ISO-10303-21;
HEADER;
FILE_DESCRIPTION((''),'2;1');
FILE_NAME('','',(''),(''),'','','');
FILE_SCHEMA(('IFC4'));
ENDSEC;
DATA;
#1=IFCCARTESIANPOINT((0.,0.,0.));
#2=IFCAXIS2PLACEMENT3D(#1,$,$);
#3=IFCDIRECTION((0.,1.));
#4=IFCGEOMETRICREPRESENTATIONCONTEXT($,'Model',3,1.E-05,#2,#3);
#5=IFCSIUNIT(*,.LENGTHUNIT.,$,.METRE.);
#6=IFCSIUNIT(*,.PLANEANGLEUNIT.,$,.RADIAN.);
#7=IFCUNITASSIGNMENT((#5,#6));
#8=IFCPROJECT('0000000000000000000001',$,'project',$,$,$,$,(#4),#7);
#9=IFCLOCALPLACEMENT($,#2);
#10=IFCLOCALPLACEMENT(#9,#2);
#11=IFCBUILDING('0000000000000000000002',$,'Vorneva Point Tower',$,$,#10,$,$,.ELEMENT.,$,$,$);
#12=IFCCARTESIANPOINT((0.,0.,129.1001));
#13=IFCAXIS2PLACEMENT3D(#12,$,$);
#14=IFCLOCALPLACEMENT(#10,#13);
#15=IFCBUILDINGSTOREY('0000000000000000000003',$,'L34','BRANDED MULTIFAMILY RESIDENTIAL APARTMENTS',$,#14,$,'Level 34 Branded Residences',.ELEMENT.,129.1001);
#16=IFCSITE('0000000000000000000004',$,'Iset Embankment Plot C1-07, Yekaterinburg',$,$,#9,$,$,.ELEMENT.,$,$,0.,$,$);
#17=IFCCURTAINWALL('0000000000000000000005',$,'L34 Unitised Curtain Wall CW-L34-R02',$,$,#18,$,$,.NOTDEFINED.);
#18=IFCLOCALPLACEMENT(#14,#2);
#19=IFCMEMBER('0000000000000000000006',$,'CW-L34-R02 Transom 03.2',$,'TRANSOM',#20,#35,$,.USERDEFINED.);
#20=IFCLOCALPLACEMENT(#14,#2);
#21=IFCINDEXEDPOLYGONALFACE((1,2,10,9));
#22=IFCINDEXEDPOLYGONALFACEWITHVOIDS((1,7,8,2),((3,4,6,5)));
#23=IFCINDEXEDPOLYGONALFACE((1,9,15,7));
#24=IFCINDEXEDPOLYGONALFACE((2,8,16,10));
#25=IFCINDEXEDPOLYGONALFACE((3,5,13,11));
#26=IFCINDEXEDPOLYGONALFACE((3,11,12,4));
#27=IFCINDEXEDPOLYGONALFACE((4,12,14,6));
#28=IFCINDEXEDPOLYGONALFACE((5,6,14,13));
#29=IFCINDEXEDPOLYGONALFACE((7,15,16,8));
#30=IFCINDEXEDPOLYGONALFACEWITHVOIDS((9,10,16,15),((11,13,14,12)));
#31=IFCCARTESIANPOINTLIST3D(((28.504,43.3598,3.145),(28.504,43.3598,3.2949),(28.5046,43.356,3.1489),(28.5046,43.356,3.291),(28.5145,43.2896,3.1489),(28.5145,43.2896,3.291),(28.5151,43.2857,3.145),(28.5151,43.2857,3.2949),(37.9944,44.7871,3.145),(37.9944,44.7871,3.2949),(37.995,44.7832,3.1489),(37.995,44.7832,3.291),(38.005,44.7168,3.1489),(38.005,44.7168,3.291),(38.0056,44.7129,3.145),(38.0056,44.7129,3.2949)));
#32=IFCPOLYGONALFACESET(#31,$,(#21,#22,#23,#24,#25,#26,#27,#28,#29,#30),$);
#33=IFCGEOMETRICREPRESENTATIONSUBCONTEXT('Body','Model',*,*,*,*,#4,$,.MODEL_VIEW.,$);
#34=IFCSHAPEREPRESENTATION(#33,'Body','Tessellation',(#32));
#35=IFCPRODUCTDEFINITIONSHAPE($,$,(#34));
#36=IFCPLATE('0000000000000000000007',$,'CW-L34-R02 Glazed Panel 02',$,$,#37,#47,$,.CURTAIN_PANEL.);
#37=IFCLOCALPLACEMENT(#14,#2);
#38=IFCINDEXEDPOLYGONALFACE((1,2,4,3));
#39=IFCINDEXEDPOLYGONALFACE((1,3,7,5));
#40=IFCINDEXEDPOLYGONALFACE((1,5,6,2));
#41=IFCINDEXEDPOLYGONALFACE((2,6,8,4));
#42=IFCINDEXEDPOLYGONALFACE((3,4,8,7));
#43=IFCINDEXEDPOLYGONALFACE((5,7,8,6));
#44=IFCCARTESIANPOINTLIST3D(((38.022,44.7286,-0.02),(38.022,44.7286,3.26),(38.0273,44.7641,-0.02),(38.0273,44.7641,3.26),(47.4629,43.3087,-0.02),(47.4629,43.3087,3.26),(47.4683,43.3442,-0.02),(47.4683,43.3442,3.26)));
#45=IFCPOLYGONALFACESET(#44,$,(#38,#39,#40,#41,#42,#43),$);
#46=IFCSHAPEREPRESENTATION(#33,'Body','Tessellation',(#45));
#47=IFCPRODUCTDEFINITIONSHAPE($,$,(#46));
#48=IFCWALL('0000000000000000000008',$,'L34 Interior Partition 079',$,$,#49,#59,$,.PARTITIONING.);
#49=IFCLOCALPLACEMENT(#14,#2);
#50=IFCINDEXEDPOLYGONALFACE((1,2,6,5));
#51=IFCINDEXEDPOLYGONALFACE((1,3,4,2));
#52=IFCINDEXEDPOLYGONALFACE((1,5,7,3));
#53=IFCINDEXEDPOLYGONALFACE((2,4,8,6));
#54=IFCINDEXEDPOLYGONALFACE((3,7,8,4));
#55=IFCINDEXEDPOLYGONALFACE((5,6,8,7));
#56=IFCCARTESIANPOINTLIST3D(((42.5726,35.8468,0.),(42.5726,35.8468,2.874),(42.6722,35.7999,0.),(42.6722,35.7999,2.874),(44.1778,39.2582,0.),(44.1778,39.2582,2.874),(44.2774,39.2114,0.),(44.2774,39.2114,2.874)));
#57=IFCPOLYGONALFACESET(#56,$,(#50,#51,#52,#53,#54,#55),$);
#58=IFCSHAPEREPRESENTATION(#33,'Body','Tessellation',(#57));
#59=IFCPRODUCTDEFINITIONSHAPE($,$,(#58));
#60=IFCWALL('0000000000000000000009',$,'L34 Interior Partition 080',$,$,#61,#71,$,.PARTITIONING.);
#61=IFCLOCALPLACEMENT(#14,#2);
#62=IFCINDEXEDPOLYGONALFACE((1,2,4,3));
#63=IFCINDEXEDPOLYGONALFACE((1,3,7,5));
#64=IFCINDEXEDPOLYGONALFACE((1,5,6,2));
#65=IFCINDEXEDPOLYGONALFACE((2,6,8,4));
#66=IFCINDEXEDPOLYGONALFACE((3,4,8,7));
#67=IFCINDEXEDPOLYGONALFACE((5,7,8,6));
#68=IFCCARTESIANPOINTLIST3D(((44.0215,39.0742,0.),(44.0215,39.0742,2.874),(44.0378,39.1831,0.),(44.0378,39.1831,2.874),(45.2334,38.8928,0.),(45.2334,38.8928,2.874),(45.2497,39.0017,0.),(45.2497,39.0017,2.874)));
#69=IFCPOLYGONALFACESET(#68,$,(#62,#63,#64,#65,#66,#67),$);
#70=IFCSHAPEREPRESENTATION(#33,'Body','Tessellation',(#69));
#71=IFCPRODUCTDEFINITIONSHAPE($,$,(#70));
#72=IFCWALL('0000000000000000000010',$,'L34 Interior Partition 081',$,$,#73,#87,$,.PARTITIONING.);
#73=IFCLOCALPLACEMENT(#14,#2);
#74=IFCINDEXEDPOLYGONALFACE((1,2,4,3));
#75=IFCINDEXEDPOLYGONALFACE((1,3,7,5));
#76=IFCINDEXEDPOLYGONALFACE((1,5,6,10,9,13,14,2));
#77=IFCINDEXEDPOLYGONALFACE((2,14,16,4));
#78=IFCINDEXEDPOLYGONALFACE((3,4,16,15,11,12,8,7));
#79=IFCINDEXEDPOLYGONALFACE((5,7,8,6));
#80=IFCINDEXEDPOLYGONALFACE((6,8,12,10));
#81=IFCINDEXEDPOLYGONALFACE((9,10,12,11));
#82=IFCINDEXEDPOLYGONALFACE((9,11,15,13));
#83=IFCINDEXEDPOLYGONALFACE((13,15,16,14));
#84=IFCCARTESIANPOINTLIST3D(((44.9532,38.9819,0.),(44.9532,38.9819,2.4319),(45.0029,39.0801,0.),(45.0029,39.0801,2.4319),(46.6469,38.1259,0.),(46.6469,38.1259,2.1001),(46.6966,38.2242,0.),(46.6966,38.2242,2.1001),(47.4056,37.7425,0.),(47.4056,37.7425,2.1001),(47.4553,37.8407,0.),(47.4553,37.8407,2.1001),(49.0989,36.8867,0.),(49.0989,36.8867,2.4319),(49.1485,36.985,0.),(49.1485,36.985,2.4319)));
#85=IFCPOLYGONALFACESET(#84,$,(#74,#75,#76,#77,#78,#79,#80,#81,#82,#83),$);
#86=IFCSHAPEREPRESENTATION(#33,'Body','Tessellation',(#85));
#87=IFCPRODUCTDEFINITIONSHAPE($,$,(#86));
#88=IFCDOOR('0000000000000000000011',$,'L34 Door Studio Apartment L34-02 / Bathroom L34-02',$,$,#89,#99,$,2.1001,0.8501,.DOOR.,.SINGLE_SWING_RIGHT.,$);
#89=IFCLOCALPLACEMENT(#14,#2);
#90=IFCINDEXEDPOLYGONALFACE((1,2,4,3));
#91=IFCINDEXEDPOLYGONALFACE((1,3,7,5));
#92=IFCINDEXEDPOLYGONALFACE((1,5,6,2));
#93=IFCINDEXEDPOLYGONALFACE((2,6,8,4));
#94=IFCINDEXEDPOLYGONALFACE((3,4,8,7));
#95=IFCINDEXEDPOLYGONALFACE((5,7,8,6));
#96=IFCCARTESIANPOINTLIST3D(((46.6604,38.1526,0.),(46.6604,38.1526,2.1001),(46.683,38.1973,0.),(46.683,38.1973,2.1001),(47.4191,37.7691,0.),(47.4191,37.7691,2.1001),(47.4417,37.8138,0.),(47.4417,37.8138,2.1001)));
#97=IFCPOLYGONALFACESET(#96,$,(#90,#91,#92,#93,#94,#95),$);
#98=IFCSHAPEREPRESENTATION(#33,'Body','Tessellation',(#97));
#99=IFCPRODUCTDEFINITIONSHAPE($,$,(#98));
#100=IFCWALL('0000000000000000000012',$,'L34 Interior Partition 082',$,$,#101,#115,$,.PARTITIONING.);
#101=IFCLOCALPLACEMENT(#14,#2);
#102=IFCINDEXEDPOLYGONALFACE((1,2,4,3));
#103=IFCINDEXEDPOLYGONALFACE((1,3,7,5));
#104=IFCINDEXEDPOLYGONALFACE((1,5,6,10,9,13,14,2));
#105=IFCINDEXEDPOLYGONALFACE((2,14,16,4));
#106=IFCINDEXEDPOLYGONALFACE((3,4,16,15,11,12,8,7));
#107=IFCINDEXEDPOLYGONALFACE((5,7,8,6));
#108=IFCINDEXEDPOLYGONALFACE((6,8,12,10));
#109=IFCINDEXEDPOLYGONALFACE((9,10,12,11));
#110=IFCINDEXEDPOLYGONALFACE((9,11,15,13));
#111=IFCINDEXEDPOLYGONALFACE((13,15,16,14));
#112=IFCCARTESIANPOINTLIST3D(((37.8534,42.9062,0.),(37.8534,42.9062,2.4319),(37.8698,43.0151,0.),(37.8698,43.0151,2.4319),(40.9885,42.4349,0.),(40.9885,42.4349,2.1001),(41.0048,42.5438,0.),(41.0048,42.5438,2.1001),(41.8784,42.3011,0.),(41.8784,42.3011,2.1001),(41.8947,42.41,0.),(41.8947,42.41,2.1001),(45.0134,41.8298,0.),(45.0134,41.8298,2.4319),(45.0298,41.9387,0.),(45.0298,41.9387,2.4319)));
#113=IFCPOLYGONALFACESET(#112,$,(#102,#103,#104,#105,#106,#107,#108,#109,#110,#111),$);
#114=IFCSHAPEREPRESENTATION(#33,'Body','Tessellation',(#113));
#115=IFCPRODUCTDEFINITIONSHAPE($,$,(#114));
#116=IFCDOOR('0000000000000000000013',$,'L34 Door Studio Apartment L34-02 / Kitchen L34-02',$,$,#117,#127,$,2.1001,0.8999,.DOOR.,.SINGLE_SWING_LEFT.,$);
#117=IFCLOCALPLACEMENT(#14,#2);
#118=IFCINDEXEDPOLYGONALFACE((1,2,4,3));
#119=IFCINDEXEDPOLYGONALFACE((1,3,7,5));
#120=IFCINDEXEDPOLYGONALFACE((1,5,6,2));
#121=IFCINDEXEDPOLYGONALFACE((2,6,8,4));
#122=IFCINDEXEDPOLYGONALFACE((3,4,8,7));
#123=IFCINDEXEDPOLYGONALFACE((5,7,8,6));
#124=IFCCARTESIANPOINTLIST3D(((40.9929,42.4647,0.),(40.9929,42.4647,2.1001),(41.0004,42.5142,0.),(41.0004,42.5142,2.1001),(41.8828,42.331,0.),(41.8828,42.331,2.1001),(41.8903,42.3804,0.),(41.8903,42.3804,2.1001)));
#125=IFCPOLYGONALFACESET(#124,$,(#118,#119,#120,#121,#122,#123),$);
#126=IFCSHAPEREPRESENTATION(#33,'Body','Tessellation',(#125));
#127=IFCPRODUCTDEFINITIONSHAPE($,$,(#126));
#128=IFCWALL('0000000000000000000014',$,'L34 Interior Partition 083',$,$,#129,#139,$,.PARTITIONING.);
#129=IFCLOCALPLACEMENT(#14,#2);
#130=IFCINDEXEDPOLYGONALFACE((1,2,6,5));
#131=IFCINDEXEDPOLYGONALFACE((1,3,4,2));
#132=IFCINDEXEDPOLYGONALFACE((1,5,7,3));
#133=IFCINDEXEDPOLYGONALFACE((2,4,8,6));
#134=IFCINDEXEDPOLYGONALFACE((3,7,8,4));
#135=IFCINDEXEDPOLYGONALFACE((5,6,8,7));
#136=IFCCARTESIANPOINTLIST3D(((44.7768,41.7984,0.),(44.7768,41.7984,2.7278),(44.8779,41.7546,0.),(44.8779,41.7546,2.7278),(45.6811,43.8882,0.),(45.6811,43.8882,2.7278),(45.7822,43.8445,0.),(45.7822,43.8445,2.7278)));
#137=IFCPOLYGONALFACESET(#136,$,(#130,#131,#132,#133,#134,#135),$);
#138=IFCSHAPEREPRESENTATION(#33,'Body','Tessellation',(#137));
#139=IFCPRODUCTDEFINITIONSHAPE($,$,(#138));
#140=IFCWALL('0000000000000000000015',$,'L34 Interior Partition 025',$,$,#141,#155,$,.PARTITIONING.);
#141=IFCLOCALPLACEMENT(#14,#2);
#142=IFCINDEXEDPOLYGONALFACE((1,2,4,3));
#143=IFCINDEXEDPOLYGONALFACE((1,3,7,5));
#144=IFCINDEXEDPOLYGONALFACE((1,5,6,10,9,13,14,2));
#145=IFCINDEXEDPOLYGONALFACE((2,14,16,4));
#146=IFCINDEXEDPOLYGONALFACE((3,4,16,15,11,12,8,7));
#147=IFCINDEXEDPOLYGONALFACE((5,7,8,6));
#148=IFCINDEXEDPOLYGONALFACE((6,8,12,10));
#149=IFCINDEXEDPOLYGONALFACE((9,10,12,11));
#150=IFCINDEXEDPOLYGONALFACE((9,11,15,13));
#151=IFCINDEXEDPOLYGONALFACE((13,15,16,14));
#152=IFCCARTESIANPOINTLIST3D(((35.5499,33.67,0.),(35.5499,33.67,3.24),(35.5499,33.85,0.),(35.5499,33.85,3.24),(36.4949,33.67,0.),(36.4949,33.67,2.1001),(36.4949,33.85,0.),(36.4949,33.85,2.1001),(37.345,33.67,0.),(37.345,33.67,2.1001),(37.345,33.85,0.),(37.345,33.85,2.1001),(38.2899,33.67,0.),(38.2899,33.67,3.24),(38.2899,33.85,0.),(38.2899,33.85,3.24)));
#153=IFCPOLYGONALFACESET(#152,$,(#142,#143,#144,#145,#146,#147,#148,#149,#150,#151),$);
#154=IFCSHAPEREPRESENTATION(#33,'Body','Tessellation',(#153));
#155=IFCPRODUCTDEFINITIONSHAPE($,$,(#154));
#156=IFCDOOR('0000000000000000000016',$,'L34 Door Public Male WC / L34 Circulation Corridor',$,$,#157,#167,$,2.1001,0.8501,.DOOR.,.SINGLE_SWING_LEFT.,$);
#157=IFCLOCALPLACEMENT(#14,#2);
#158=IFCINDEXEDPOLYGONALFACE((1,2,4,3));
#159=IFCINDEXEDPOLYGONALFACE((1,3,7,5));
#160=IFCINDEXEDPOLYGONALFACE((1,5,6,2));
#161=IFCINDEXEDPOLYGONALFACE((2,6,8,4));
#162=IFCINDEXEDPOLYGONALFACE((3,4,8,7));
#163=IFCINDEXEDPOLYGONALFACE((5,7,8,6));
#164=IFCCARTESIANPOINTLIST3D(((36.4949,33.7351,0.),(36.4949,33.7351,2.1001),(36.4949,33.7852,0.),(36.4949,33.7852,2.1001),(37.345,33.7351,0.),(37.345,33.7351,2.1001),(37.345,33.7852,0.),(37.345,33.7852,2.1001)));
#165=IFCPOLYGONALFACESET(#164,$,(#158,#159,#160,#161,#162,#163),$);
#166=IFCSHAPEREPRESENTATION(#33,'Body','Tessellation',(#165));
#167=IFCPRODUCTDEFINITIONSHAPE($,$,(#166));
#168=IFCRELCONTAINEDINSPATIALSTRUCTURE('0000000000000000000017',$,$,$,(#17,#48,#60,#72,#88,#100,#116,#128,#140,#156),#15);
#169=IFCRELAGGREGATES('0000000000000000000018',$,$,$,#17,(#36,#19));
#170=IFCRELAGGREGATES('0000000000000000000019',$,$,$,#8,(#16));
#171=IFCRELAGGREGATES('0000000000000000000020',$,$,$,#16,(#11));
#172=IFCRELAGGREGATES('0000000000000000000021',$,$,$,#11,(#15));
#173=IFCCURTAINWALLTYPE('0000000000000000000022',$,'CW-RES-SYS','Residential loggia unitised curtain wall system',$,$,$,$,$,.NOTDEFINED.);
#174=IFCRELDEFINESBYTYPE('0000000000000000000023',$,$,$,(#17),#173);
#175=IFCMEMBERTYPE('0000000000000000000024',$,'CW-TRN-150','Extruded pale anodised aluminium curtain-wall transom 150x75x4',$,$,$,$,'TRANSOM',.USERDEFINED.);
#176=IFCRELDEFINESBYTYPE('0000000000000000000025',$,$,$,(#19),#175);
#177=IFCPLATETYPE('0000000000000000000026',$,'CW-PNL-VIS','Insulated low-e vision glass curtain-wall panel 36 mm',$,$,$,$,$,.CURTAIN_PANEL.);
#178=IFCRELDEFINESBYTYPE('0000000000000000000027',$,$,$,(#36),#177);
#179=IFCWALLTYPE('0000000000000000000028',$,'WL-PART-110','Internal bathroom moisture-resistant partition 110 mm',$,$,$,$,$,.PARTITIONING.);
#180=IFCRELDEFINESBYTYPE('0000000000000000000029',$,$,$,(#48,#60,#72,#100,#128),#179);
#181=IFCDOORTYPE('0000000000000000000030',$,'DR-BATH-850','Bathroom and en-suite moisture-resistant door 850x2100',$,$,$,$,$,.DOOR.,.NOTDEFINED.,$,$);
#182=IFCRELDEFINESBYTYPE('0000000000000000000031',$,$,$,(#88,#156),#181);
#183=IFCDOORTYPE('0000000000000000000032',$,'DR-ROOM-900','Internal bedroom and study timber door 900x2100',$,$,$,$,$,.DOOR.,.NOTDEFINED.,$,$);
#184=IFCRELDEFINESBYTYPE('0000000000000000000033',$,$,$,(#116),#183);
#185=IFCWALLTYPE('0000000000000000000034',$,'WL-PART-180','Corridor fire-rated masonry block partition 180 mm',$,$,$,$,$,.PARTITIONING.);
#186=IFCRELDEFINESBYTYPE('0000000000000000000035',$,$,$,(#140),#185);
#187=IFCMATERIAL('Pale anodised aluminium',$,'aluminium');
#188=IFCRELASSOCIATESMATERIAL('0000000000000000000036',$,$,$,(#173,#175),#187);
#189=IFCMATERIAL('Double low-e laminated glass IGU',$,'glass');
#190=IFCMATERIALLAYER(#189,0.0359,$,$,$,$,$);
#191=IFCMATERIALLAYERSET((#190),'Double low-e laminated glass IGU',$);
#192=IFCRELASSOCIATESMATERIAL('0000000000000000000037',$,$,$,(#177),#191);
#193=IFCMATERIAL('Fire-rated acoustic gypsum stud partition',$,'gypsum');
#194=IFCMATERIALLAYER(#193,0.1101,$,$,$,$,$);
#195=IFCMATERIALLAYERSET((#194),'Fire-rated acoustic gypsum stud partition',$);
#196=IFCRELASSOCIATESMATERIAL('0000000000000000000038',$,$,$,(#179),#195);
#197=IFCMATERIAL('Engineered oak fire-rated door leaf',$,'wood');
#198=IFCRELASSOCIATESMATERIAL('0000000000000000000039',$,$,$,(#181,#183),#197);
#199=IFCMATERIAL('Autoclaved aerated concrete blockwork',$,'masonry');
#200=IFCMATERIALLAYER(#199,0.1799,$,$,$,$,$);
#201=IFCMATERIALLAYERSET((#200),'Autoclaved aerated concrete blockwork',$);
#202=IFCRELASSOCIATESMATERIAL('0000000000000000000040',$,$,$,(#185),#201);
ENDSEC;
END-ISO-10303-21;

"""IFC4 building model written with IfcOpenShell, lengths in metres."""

from ifc_helpers import new_model, si_unit, direction, frame, frame_2d, origin, origin_2d, place, context, subcontext, project, spatial, rectangle, hollow_rectangle, extrude, material, layer, layer_set, material_profile, profile_set, type_object, element, fill, aggregate, save


model = new_model("IFC4")

# Units and contexts
model_context = context("Model", 3, precision=1e-05, world=origin(), true_north=direction((0.0, 1.0)))
body_context = subcontext(model_context, "Body", "Model", "MODEL_VIEW")
ifc_project = project(units=[si_unit("LENGTHUNIT", "METRE"), si_unit("PLANEANGLEUNIT", "RADIAN")], contexts=[model_context])

# Site, building, storey
site_placement = place(None, origin())
site = spatial("IfcSite", under=ifc_project, at=site_placement, Name="Iset Embankment Plot C1-07, Yekaterinburg", CompositionType="ELEMENT", RefElevation=0.0)
building_placement = place(site_placement, origin())
building = spatial("IfcBuilding", under=site, at=building_placement, Name="Vorneva Point Tower", CompositionType="ELEMENT")
storey_placement = place(building_placement, frame((0.0, 0.0, 129.1001)))
storey = spatial("IfcBuildingStorey", under=building, at=storey_placement, Name="L34", Description="BRANDED MULTIFAMILY RESIDENTIAL APARTMENTS", LongName="Level 34 Branded Residences", CompositionType="ELEMENT", Elevation=129.1001)

# Curtain wall, member, plate
ifc_material_1 = material(Name="Pale anodised aluminium", Category="aluminium")
curtain_wall_type = type_object("IfcCurtainWallType", Name="CW-RES-SYS", Description="Residential loggia unitised curtain wall system", PredefinedType="NOTDEFINED", material=ifc_material_1)
curtain_wall_placement = place(storey_placement, origin())
curtain_wall = element("IfcCurtainWall", 1, at=curtain_wall_placement, inside=storey, type_object=curtain_wall_type, Name="L34 Unitised Curtain Wall CW-L34-R02", PredefinedType="NOTDEFINED")
ifc_material_profile_1 = material_profile(ifc_material_1, hollow_rectangle(XDim=0.075, YDim=0.1499, WallThickness=0.0039, at=origin_2d()), Name="AL-TRN 150x75x4")
ifc_profile_set_1 = profile_set([ifc_material_profile_1], Name="Pale anodised aluminium")
member_type_1 = type_object("IfcMemberType", Name="CW-TRN-150", Description="Extruded pale anodised aluminium curtain-wall transom 150x75x4", ElementType="TRANSOM", PredefinedType="USERDEFINED", material=ifc_profile_set_1)
member_1_placement = place(storey_placement, frame((38.0, 44.75, 3.22), z_axis=(-0.98888, -0.148715, 0.0), x_axis=(0.148715, -0.98888, 0.0)))
member_1 = element("IfcMember", 2, at=member_1_placement, type_object=member_type_1, Name="CW-L34-R02 Transom 03.2", ObjectType="TRANSOM", PredefinedType="USERDEFINED", context=body_context, shape_type="SweptSolid", body=[
    extrude(hollow_rectangle(XDim=0.075, YDim=0.1499, WallThickness=0.0039, at=origin_2d()), origin(), (0.0, 0.0, 1.0), 9.5972),
])
ifc_material_2 = material(Name="Double low-e laminated glass IGU", Category="glass")
ifc_layer_1 = layer(ifc_material_2, 0.0359)
ifc_layer_set_1 = layer_set([ifc_layer_1], Name="Double low-e laminated glass IGU")
plate_type = type_object("IfcPlateType", Name="CW-PNL-VIS", Description="Insulated low-e vision glass curtain-wall panel 36 mm", PredefinedType="CURTAIN_PANEL", material=ifc_layer_set_1)
plate_placement = place(storey_placement, frame((42.7451, 44.0364, -0.02), z_axis=(0.0, 0.0, 1.0), x_axis=(-0.988879, 0.148724, 0.0)))
plate = element("IfcPlate", 3, at=plate_placement, type_object=plate_type, Name="CW-L34-R02 Glazed Panel 02", PredefinedType="CURTAIN_PANEL", context=body_context, shape_type="SweptSolid", body=[
    extrude(rectangle(XDim=9.5471, YDim=0.0359, at=origin_2d()), origin(), (0.0, 0.0, 1.0), 3.28),
])
aggregate(curtain_wall, [plate, member_1])

# Walls
ifc_material_3 = material(Name="Fire-rated acoustic gypsum stud partition", Category="gypsum")
ifc_layer_2 = layer(ifc_material_3, 0.1101)
ifc_layer_set_2 = layer_set([ifc_layer_2], Name="Fire-rated acoustic gypsum stud partition")
wall_type_1 = type_object("IfcWallType", Name="WL-PART-110", Description="Internal bathroom moisture-resistant partition 110 mm", PredefinedType="PARTITIONING", material=ifc_layer_set_2)
wall_1_placement = place(storey_placement, frame((42.6223, 35.8232, 0.0), z_axis=(0.0, 0.0, 1.0), x_axis=(0.425769, 0.904832, 0.0)))
element("IfcWall", 4, at=wall_1_placement, inside=storey, type_object=wall_type_1, Name="L34 Interior Partition 079", PredefinedType="PARTITIONING", context=body_context, shape_type="SweptSolid", body=[
    extrude(rectangle(XDim=3.7703, YDim=0.1101, at=frame_2d((1.8853, 0.0))), origin(), (0.0, 0.0, 1.0), 2.874),
])
wall_2_placement = place(storey_placement, frame((44.0295, 39.1287, 0.0), z_axis=(0.0, 0.0, 1.0), x_axis=(0.988983, -0.148029, 0.0)))
element("IfcWall", 5, at=wall_2_placement, inside=storey, type_object=wall_type_1, Name="L34 Interior Partition 080", PredefinedType="PARTITIONING", context=body_context, shape_type="SweptSolid", body=[
    extrude(rectangle(XDim=1.2253, YDim=0.1101, at=frame_2d((0.6128, 0.0))), origin(), (0.0, 0.0, 1.0), 2.874),
])

# Walls, openings, doors
wall_3_placement = place(storey_placement, frame((44.978, 39.031, 0.0), z_axis=(0.0, 0.0, 1.0), x_axis=(0.892495, -0.451057, 0.0)))
wall_3 = element("IfcWall", 6, at=wall_3_placement, inside=storey, type_object=wall_type_1, Name="L34 Interior Partition 081", PredefinedType="PARTITIONING", context=body_context, shape_type="SweptSolid", body=[
    extrude(rectangle(XDim=4.645, YDim=0.1101, at=frame_2d((2.3225, 0.0))), origin(), (0.0, 0.0, 1.0), 2.4319),
])
opening_1_placement = place(wall_3_placement, frame((1.8977, 0.0, 0.0)))
opening_1 = element("IfcOpeningElement", 7, at=opening_1_placement, cuts=wall_3, PredefinedType="OPENING", context=body_context, shape_type="SweptSolid", body=[
    extrude(rectangle(XDim=0.8501, YDim=2.1001, at=frame_2d((0.425, 1.05))), frame((0.0, 0.0698, 0.0), z_axis=(0.0, -1.0, 0.0), x_axis=(1.0, 0.0, 0.0)), (0.0, 0.0, 1.0), 0.1399),
])
ifc_material_4 = material(Name="Engineered oak fire-rated door leaf", Category="wood")
door_type_1 = type_object("IfcDoorType", Name="DR-BATH-850", Description="Bathroom and en-suite moisture-resistant door 850x2100", OperationType="NOTDEFINED", PredefinedType="DOOR", material=ifc_material_4)
door_1_placement = place(opening_1_placement, origin())
door_1 = element("IfcDoor", 8, at=door_1_placement, inside=storey, type_object=door_type_1, Name="L34 Door Studio Apartment L34-02 / Bathroom L34-02", OperationType="SINGLE_SWING_RIGHT", OverallHeight=2.1001, OverallWidth=0.8501, PredefinedType="DOOR", context=body_context, shape_type="SweptSolid", body=[
    extrude(rectangle(XDim=0.8501, YDim=2.1001, at=frame_2d((0.425, 1.05))), frame((0.0, 0.0249, 0.0), z_axis=(0.0, -1.0, 0.0), x_axis=(1.0, 0.0, 0.0)), (0.0, 0.0, 1.0), 0.05),
])
fill(opening_1, door_1)
wall_4_placement = place(storey_placement, frame((45.0215, 41.8843, 0.0), z_axis=(0.0, 0.0, 1.0), x_axis=(-0.988887, 0.148669, 0.0)))
wall_4 = element("IfcWall", 9, at=wall_4_placement, inside=storey, type_object=wall_type_1, Name="L34 Interior Partition 082", PredefinedType="PARTITIONING", context=body_context, shape_type="SweptSolid", body=[
    extrude(rectangle(XDim=7.2405, YDim=0.1101, at=frame_2d((3.6201, 0.0))), origin(), (0.0, 0.0, 1.0), 2.4319),
])
opening_2_placement = place(wall_4_placement, frame((3.1702, 0.0, 0.0)))
opening_2 = element("IfcOpeningElement", 10, at=opening_2_placement, cuts=wall_4, PredefinedType="OPENING", context=body_context, shape_type="SweptSolid", body=[
    extrude(rectangle(XDim=0.8999, YDim=2.1001, at=frame_2d((0.45, 1.05))), frame((0.0, 0.0698, 0.0), z_axis=(0.0, -1.0, 0.0), x_axis=(1.0, 0.0, 0.0)), (0.0, 0.0, 1.0), 0.1399),
])
door_type_2 = type_object("IfcDoorType", Name="DR-ROOM-900", Description="Internal bedroom and study timber door 900x2100", OperationType="NOTDEFINED", PredefinedType="DOOR", material=ifc_material_4)
door_2_placement = place(opening_2_placement, origin())
door_2 = element("IfcDoor", 11, at=door_2_placement, inside=storey, type_object=door_type_2, Name="L34 Door Studio Apartment L34-02 / Kitchen L34-02", OperationType="SINGLE_SWING_LEFT", OverallHeight=2.1001, OverallWidth=0.8999, PredefinedType="DOOR", context=body_context, shape_type="SweptSolid", body=[
    extrude(rectangle(XDim=0.8999, YDim=2.1001, at=frame_2d((0.45, 1.05))), frame((0.0, 0.0249, 0.0), z_axis=(0.0, -1.0, 0.0), x_axis=(1.0, 0.0, 0.0)), (0.0, 0.0, 1.0), 0.05),
])
fill(opening_2, door_2)

# Wall
wall_5_placement = place(storey_placement, frame((45.7317, 43.8665, 0.0), z_axis=(0.0, 0.0, 1.0), x_axis=(-0.397126, -0.917764, 0.0)))
element("IfcWall", 12, at=wall_5_placement, inside=storey, type_object=wall_type_1, Name="L34 Interior Partition 083", PredefinedType="PARTITIONING", context=body_context, shape_type="SweptSolid", body=[
    extrude(rectangle(XDim=2.2771, YDim=0.1101, at=frame_2d((1.1387, 0.0))), origin(), (0.0, 0.0, 1.0), 2.7278),
])

# Wall, opening, door
ifc_material_5 = material(Name="Autoclaved aerated concrete blockwork", Category="masonry")
ifc_layer_3 = layer(ifc_material_5, 0.1799)
ifc_layer_set_3 = layer_set([ifc_layer_3], Name="Autoclaved aerated concrete blockwork")
wall_type_2 = type_object("IfcWallType", Name="WL-PART-180", Description="Corridor fire-rated masonry block partition 180 mm", PredefinedType="PARTITIONING", material=ifc_layer_set_3)
wall_6_placement = place(storey_placement, frame((38.29, 33.76, 0.0), z_axis=(0.0, 0.0, 1.0), x_axis=(-1.0, 0.0, 0.0)))
wall_6 = element("IfcWall", 13, at=wall_6_placement, inside=storey, type_object=wall_type_2, Name="L34 Interior Partition 025", PredefinedType="PARTITIONING", context=body_context, shape_type="SweptSolid", body=[
    extrude(rectangle(XDim=2.74, YDim=0.1799, at=frame_2d((1.3701, 0.0))), origin(), (0.0, 0.0, 1.0), 3.24),
])
opening_3_placement = place(wall_6_placement, frame((0.9451, 0.0, 0.0)))
opening_3 = element("IfcOpeningElement", 14, at=opening_3_placement, cuts=wall_6, PredefinedType="OPENING", context=body_context, shape_type="SweptSolid", body=[
    extrude(rectangle(XDim=0.8501, YDim=2.1001, at=frame_2d((0.425, 1.05))), frame((0.0, 0.105, 0.0), z_axis=(0.0, -1.0, 0.0), x_axis=(1.0, 0.0, 0.0)), (0.0, 0.0, 1.0), 0.2097),
])
door_3_placement = place(opening_3_placement, origin())
door_3 = element("IfcDoor", 15, at=door_3_placement, inside=storey, type_object=door_type_1, Name="L34 Door Public Male WC / L34 Circulation Corridor", OperationType="SINGLE_SWING_LEFT", OverallHeight=2.1001, OverallWidth=0.8501, PredefinedType="DOOR", context=body_context, shape_type="SweptSolid", body=[
    extrude(rectangle(XDim=0.8501, YDim=2.1001, at=frame_2d((0.425, 1.05))), frame((0.0, 0.0249, 0.0), z_axis=(0.0, -1.0, 0.0), x_axis=(1.0, 0.0, 0.0)), (0.0, 0.0, 1.0), 0.05),
])
fill(opening_3, door_3)

save(model, "model.ifc")
